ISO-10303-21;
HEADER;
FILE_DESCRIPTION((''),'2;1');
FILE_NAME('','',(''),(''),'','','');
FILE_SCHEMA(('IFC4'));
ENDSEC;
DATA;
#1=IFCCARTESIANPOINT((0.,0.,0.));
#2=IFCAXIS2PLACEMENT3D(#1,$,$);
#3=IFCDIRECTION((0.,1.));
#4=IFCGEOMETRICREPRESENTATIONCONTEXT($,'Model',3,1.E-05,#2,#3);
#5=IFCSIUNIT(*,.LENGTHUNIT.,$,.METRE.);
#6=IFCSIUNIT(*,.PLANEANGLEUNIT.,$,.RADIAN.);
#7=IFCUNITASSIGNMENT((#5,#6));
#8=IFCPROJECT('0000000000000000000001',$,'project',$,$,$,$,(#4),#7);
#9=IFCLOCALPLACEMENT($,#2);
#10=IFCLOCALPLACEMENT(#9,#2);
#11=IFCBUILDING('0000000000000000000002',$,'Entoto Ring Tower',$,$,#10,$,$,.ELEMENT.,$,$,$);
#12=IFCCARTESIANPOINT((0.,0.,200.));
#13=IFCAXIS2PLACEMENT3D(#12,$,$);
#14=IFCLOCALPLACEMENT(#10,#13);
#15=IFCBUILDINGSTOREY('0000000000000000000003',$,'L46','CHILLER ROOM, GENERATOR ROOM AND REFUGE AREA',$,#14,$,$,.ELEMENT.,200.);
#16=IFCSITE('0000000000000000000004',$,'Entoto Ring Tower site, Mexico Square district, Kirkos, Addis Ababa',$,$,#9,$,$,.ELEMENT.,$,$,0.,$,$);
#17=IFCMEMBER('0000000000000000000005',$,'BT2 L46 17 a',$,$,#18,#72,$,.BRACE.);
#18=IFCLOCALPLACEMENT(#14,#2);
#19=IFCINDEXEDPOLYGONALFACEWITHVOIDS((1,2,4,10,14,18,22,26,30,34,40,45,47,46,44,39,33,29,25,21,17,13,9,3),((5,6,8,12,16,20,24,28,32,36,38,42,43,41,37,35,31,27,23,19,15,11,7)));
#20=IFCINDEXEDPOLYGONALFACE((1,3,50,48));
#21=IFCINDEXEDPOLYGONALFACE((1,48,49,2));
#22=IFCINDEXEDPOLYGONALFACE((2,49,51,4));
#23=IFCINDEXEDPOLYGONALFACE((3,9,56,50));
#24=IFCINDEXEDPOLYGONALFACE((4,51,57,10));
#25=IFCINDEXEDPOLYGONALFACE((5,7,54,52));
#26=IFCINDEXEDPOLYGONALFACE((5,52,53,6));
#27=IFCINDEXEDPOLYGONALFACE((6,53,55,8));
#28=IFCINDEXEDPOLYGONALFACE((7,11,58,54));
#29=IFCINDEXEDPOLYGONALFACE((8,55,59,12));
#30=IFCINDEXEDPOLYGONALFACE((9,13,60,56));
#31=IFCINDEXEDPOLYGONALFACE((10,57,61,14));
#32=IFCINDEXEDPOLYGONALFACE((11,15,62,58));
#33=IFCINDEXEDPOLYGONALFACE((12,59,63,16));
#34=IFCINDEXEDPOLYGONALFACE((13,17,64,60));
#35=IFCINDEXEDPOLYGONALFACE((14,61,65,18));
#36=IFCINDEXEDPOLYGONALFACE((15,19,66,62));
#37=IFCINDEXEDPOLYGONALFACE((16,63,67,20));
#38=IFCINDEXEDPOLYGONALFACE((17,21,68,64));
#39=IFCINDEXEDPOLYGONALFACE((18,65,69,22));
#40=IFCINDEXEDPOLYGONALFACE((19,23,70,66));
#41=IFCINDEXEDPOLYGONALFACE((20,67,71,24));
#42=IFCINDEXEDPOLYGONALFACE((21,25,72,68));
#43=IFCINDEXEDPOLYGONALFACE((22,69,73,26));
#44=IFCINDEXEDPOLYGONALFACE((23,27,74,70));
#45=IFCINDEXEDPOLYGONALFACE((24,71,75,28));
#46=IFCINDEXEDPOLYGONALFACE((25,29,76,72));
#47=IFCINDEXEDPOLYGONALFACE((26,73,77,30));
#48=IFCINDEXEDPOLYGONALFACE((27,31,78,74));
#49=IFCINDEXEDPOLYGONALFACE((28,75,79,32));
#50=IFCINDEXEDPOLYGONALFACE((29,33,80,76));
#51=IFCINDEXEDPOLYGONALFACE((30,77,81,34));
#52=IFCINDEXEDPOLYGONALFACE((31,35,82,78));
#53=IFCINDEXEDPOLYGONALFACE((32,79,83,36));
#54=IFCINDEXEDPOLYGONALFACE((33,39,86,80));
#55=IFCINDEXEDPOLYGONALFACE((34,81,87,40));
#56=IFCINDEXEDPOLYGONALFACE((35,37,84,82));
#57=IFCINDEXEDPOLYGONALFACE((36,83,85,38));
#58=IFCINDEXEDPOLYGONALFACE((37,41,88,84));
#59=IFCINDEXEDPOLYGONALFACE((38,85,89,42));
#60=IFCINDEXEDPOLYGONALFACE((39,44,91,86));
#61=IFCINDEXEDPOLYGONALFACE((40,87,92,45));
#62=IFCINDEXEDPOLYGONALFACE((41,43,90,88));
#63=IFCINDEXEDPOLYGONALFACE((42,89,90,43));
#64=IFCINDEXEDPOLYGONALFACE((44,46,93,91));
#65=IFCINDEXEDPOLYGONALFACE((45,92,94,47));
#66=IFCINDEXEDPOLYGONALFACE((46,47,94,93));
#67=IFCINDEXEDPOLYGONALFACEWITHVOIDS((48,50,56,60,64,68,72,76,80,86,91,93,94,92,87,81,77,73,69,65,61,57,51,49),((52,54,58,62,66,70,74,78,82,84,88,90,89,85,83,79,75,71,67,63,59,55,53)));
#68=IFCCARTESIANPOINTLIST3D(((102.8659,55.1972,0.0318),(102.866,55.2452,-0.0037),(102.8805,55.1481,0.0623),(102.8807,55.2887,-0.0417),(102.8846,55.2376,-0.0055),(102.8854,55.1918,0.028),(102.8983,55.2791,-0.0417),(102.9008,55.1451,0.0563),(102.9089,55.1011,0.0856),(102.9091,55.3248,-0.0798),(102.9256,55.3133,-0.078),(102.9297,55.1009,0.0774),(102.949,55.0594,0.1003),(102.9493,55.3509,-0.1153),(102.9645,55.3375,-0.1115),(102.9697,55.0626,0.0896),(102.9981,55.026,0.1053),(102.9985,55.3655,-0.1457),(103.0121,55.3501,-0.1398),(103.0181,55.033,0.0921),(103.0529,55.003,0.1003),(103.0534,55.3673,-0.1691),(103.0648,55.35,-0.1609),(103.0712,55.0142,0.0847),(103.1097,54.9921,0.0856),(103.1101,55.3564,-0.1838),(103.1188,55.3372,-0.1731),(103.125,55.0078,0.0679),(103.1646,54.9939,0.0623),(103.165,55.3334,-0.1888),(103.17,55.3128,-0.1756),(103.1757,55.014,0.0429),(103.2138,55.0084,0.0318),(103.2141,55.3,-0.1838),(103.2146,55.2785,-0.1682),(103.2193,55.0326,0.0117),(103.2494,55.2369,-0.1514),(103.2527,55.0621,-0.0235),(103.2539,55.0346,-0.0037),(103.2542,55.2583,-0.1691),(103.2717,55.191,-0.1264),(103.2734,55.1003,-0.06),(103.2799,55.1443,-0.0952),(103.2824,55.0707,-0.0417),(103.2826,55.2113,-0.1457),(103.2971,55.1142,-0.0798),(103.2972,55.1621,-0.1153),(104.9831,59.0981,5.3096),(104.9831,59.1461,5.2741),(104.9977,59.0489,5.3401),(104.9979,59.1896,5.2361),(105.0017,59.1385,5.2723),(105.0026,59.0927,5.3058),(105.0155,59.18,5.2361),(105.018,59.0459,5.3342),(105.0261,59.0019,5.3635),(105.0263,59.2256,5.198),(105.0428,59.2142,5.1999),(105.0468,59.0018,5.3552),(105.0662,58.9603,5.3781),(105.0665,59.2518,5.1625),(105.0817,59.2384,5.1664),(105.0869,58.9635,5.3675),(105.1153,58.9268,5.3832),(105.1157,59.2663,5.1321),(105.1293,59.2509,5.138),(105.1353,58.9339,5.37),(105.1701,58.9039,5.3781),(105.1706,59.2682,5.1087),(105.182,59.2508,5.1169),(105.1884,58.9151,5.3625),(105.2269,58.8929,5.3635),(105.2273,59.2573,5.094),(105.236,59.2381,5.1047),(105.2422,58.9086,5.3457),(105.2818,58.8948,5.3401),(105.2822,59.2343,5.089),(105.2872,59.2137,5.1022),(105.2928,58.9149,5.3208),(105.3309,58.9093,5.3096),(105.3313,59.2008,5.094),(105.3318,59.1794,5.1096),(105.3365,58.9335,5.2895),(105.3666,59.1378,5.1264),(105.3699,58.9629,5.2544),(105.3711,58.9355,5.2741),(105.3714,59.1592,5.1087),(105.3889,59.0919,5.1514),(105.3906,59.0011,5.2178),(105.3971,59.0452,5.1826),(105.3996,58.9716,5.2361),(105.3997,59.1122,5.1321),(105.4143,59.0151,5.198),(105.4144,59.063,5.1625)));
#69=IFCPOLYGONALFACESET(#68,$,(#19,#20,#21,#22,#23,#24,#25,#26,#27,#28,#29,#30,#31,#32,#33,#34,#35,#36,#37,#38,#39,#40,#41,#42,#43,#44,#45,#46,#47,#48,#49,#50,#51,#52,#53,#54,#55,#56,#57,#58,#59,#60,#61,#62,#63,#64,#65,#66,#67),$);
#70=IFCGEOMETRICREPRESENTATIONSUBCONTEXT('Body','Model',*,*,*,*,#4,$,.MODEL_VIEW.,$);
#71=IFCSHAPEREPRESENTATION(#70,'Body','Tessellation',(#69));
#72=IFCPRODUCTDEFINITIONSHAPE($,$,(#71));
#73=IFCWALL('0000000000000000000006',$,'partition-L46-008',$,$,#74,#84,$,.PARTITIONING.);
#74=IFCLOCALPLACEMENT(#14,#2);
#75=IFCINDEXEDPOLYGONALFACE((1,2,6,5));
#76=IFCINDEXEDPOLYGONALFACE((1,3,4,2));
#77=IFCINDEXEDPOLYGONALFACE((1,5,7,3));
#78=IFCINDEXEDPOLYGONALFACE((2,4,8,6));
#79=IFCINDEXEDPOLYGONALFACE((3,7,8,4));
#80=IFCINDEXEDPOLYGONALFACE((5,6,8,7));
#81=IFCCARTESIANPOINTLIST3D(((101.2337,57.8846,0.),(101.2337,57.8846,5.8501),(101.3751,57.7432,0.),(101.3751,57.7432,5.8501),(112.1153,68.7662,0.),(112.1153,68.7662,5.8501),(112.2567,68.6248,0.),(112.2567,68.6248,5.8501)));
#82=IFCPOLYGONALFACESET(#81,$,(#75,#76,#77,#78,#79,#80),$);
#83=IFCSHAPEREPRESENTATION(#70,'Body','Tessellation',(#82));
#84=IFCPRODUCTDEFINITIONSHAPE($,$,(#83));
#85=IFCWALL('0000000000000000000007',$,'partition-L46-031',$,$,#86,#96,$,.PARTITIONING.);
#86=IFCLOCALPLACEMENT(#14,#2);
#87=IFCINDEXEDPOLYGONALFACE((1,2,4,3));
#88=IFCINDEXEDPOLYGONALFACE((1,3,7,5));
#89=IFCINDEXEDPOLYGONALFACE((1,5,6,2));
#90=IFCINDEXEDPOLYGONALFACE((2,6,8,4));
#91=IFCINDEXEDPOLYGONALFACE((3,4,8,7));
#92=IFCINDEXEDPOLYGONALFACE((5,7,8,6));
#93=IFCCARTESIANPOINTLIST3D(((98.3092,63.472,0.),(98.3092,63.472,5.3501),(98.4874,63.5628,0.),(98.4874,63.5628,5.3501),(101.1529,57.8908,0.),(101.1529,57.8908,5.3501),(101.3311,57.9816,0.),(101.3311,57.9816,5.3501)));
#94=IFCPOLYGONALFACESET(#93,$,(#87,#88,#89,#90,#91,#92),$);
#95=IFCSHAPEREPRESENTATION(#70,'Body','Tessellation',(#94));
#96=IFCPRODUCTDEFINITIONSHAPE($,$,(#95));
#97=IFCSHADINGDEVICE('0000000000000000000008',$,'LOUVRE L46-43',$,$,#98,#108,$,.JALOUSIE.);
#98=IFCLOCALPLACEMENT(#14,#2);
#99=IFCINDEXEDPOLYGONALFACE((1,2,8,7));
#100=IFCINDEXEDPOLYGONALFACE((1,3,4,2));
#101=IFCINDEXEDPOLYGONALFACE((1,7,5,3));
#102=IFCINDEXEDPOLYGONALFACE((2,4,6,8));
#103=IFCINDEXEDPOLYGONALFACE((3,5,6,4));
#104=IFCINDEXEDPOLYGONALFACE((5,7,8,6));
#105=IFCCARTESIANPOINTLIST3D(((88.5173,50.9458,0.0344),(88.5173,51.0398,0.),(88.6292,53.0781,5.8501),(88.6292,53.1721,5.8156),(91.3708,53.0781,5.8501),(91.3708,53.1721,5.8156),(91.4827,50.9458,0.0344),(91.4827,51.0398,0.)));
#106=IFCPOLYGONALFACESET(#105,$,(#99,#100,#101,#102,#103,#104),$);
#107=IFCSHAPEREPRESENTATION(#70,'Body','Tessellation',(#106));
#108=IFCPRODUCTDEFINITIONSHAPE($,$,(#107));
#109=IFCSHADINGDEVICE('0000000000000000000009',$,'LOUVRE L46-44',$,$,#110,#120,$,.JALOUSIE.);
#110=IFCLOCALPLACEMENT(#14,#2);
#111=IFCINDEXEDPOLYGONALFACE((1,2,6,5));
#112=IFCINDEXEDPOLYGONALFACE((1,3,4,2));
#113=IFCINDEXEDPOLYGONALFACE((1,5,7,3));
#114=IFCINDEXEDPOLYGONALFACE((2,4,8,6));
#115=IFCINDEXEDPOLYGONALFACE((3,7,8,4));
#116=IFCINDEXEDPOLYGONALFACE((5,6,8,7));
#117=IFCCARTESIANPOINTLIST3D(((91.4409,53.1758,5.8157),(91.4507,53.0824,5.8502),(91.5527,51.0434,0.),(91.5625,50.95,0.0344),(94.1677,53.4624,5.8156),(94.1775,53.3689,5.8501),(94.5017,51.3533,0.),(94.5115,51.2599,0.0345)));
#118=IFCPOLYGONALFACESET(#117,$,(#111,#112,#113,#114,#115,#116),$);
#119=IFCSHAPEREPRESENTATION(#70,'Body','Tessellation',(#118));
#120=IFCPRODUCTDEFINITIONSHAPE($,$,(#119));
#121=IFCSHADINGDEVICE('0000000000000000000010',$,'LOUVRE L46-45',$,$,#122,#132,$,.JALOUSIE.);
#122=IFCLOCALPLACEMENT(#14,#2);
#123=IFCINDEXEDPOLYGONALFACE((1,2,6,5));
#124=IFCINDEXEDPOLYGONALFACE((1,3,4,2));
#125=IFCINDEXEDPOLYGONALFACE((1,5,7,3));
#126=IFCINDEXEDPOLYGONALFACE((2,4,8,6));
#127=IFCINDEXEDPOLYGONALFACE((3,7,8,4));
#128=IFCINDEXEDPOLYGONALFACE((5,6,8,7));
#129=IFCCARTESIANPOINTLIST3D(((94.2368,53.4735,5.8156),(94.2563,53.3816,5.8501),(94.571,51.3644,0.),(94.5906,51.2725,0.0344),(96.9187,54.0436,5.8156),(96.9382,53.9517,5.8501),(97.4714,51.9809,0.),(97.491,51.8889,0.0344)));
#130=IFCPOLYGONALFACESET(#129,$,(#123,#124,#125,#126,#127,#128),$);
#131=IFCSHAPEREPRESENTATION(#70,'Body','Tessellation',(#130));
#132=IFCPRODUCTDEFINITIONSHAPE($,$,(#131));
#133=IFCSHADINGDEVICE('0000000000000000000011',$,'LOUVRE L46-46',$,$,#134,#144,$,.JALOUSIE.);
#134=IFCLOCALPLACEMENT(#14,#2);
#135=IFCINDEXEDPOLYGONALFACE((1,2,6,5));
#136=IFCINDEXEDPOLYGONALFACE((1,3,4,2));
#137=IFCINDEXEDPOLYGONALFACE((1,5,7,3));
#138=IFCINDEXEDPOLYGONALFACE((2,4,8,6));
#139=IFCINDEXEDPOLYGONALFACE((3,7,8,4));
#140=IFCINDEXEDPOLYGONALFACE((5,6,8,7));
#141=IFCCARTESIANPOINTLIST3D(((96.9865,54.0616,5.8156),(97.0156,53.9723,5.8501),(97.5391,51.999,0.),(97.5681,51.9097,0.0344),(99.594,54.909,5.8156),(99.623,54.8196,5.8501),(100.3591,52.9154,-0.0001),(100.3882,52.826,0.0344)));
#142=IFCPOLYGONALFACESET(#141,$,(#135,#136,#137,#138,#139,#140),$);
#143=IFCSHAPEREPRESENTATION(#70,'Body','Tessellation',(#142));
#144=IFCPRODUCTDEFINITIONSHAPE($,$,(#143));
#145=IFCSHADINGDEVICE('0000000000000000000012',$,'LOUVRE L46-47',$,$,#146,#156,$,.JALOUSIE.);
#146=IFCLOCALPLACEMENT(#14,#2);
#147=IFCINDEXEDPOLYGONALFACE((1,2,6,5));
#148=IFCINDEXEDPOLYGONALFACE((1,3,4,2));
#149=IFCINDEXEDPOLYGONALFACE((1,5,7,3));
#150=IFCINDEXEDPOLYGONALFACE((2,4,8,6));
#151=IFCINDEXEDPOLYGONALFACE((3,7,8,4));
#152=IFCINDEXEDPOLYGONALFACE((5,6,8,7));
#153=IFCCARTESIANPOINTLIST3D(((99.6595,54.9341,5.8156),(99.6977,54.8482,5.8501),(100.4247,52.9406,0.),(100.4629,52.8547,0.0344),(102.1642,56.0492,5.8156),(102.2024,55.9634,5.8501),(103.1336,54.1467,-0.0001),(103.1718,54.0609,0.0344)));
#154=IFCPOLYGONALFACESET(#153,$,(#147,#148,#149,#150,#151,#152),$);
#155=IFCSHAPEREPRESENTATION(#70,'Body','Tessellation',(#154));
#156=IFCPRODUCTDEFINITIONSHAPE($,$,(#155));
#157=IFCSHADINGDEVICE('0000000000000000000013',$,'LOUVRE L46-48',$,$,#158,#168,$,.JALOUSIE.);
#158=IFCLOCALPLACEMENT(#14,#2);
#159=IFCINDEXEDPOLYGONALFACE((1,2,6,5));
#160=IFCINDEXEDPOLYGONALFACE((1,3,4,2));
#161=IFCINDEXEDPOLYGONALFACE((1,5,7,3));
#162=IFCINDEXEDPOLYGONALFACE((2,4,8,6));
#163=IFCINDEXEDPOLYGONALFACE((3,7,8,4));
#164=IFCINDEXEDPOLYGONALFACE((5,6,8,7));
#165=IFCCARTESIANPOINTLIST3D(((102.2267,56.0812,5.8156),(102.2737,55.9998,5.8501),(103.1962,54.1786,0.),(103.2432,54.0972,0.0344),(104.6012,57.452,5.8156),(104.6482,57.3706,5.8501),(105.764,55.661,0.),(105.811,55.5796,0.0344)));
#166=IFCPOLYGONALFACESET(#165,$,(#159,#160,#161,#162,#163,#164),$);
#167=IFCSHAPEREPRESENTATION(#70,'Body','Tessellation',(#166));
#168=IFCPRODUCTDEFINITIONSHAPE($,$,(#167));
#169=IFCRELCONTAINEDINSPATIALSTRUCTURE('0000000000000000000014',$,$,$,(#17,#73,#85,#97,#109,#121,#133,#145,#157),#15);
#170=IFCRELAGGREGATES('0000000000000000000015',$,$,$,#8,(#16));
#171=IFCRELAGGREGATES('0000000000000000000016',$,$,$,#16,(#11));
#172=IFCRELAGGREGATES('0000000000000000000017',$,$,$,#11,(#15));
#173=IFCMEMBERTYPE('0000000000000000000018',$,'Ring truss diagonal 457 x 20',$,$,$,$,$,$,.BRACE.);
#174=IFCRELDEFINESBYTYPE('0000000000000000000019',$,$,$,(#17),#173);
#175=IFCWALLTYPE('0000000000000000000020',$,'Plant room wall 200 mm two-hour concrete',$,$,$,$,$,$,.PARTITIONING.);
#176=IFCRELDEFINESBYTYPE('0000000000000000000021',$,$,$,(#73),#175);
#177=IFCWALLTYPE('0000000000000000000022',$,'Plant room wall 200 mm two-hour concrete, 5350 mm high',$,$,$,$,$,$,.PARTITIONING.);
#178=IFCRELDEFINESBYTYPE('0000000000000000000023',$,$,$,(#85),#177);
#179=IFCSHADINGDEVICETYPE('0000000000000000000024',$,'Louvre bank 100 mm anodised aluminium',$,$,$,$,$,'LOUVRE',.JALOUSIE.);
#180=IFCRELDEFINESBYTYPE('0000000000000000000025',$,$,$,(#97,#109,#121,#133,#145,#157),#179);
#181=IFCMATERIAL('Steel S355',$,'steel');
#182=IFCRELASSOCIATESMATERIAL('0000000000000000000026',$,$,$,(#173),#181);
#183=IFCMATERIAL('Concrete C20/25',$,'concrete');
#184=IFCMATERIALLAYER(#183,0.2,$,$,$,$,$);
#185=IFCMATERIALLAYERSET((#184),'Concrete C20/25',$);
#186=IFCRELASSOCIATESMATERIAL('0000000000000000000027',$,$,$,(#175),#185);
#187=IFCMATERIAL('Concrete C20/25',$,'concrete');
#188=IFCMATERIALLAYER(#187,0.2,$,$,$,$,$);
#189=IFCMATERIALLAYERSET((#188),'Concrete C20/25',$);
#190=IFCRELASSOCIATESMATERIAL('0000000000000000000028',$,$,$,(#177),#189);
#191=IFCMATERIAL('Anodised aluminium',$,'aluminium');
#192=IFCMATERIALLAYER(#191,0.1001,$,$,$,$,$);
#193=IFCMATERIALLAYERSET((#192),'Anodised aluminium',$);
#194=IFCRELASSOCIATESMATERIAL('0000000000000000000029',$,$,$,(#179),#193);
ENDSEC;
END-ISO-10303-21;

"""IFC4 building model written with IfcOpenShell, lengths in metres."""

from ifc_helpers import new_model, si_unit, direction, frame, frame_2d, origin, origin_2d, place, context, subcontext, project, spatial, polyline, rectangle, circle, hollow_circle, outline, extrude, material, layer, layer_set, material_profile, profile_set, type_object, element, save


model = new_model("IFC4")

# Units and contexts
model_context = context("Model", 3, precision=1e-05, world=origin(), true_north=direction((0.0, 1.0)))
body_context = subcontext(model_context, "Body", "Model", "MODEL_VIEW")
ifc_project = project(units=[si_unit("LENGTHUNIT", "METRE"), si_unit("PLANEANGLEUNIT", "RADIAN")], contexts=[model_context])

# Site, building, storey
site_placement = place(None, origin())
site = spatial("IfcSite", under=ifc_project, at=site_placement, Name="Entoto Ring Tower site, Mexico Square district, Kirkos, Addis Ababa", CompositionType="ELEMENT", RefElevation=0.0)
building_placement = place(site_placement, origin())
building = spatial("IfcBuilding", under=site, at=building_placement, Name="Entoto Ring Tower", CompositionType="ELEMENT")
storey_placement = place(building_placement, frame((0.0, 0.0, 200.0)))
storey = spatial("IfcBuildingStorey", under=building, at=storey_placement, Name="L46", Description="CHILLER ROOM, GENERATOR ROOM AND REFUGE AREA", CompositionType="ELEMENT", Elevation=200.0)

# Member
ifc_material_1 = material(Name="Steel S355", Category="steel")
ifc_material_profile_1 = material_profile(ifc_material_1, hollow_circle(Radius=0.2285, WallThickness=0.02, at=origin_2d()), Name="CHS 457 x 20")
ifc_material_2 = material(Name="Concrete C60/75", Category="concrete")
ifc_material_profile_2 = material_profile(ifc_material_2, circle(Radius=0.2085, at=origin_2d()), Name="Concrete C60/75 infill")
ifc_profile_set_1 = profile_set([ifc_material_profile_1, ifc_material_profile_2], Name="Steel S355")
member_type_1 = type_object("IfcMemberType", Name="Ring truss diagonal 457 x 20", PredefinedType="BRACE", material=ifc_profile_set_1)
for number, where, z_axis, x_axis, name in (
    (1, (103.0815, 55.1797, -0.0417), (0.307017, 0.565672, 0.765347), (-0.878894, 0.477017, 0.0), "BT2 L46 17 a"),
):
    element("IfcMember", number, at=place(storey_placement, frame(where, z_axis=z_axis, x_axis=x_axis)), inside=storey, type_object=member_type_1, Name=name, PredefinedType="BRACE", context=body_context, shape_type="SweptSolid", body=[
        extrude(hollow_circle(Radius=0.2285, WallThickness=0.02, at=origin_2d()), origin(), (0.0, 0.0, 1.0), 6.896),
    ])

# Walls
ifc_material_3 = material(Name="Concrete C20/25", Category="concrete")
ifc_layer_1 = layer(ifc_material_3, 0.2)
ifc_layer_set_1 = layer_set([ifc_layer_1], Name="Concrete C20/25")
wall_type_1 = type_object("IfcWallType", Name="Plant room wall 200 mm two-hour concrete", PredefinedType="PARTITIONING", material=ifc_layer_set_1)
wall_1_placement = place(storey_placement, frame((101.3044, 57.814, 0.0), z_axis=(0.0, 0.0, 1.0), x_axis=(0.707107, 0.707107, 0.0)))
element("IfcWall", 2, at=wall_1_placement, inside=storey, type_object=wall_type_1, Name="partition-L46-008", PredefinedType="PARTITIONING", context=body_context, shape_type="SweptSolid", body=[
    extrude(rectangle(XDim=15.3889, YDim=0.2, at=frame_2d((7.6943, 0.0))), origin(), (0.0, 0.0, 1.0), 5.8501),
])
ifc_material_4 = material(Name="Concrete C20/25", Category="concrete")
ifc_layer_2 = layer(ifc_material_4, 0.2)
ifc_layer_set_2 = layer_set([ifc_layer_2], Name="Concrete C20/25")
wall_type_2 = type_object("IfcWallType", Name="Plant room wall 200 mm two-hour concrete, 5350 mm high", PredefinedType="PARTITIONING", material=ifc_layer_set_2)
wall_2_placement = place(storey_placement, frame((101.2419, 57.9363, 0.0), z_axis=(0.0, 0.0, 1.0), x_axis=(-0.453982, 0.891011, 0.0)))
element("IfcWall", 3, at=wall_2_placement, inside=storey, type_object=wall_type_2, Name="partition-L46-031", PredefinedType="PARTITIONING", context=body_context, shape_type="SweptSolid", body=[
    extrude(rectangle(XDim=6.2639, YDim=0.2, at=frame_2d((3.1318, 0.0))), origin(), (0.0, 0.0, 1.0), 5.3501),
])

# Shading devices
ifc_material_5 = material(Name="Anodised aluminium", Category="aluminium")
ifc_layer_3 = layer(ifc_material_5, 0.1001)
ifc_layer_set_3 = layer_set([ifc_layer_3], Name="Anodised aluminium")
shading_device_type = type_object("IfcShadingDeviceType", Name="Louvre bank 100 mm anodised aluminium", ElementType="LOUVRE", PredefinedType="JALOUSIE", material=ifc_layer_set_3)
shading_device_1_placement = place(storey_placement, frame((88.5173, 50.9458, 0.0344), z_axis=(0.0, -0.938881, 0.344242), x_axis=(1.0, 0.0, 0.0)))
element("IfcShadingDevice", 4, at=shading_device_1_placement, inside=storey, type_object=shading_device_type, Name="LOUVRE L46-43", PredefinedType="JALOUSIE", context=body_context, shape_type="SweptSolid", body=[
    extrude(outline(polyline([(0.0, 0.0), (2.9653, 0.0), (2.8535, 6.1943), (0.1118, 6.1943), (0.0, 0.0)])), origin(), (0.0, 0.0, -1.0), 0.1001),
])
shading_device_2_placement = place(storey_placement, frame((91.5625, 50.95, 0.0344), z_axis=(0.098121, -0.933735, 0.344254), x_axis=(0.994523, 0.104515, 0.000018)))
element("IfcShadingDevice", 5, at=shading_device_2_placement, inside=storey, type_object=shading_device_type, Name="LOUVRE L46-44", PredefinedType="JALOUSIE", context=body_context, shape_type="SweptSolid", body=[
    extrude(outline(polyline([(0.0, 0.0), (2.9652, 0.0), (2.8536, 6.1942), (0.1118, 6.1943), (0.0, 0.0)])), origin(), (0.0, 0.0, -1.0), 0.1001),
])
shading_device_3_placement = place(storey_placement, frame((94.5906, 51.2725, 0.0344), z_axis=(0.195198, -0.918353, 0.344275), x_axis=(0.978149, 0.207906, -0.000003)))
element("IfcShadingDevice", 6, at=shading_device_3_placement, inside=storey, type_object=shading_device_type, Name="LOUVRE L46-45", PredefinedType="JALOUSIE", context=body_context, shape_type="SweptSolid", body=[
    extrude(outline(polyline([(0.0, 0.0), (2.9652, 0.0), (2.8534, 6.1944), (0.1116, 6.1943), (0.0, 0.0)])), origin(), (0.0, 0.0, -1.0), 0.1001),
])
shading_device_4_placement = place(storey_placement, frame((97.5681, 51.9097, 0.0344), z_axis=(0.290155, -0.892917, 0.344253), x_axis=(0.951049, 0.30904, -0.000013)))
element("IfcShadingDevice", 7, at=shading_device_4_placement, inside=storey, type_object=shading_device_type, Name="LOUVRE L46-46", PredefinedType="JALOUSIE", context=body_context, shape_type="SweptSolid", body=[
    extrude(outline(polyline([(0.0, 0.0), (2.9652, 0.0), (2.8535, 6.1943), (0.1119, 6.1942), (0.0, 0.0)])), origin(), (0.0, 0.0, -1.0), 0.1001),
])
shading_device_5_placement = place(storey_placement, frame((100.4629, 52.8547, 0.0344), z_axis=(0.381881, -0.857707, 0.344246), x_axis=(0.913544, 0.406739, -0.000008)))
element("IfcShadingDevice", 8, at=shading_device_5_placement, inside=storey, type_object=shading_device_type, Name="LOUVRE L46-47", PredefinedType="JALOUSIE", context=body_context, shape_type="SweptSolid", body=[
    extrude(outline(polyline([(0.0, 0.0), (2.9653, 0.0), (2.8535, 6.1943), (0.1118, 6.1942), (0.0, 0.0)])), origin(), (0.0, 0.0, -1.0), 0.1001),
])
shading_device_6_placement = place(storey_placement, frame((103.2432, 54.0972, 0.0344), z_axis=(0.469411, -0.813104, 0.344261), x_axis=(0.866042, 0.499971, -0.000003)))
element("IfcShadingDevice", 9, at=shading_device_6_placement, inside=storey, type_object=shading_device_type, Name="LOUVRE L46-48", PredefinedType="JALOUSIE", context=body_context, shape_type="SweptSolid", body=[
    extrude(outline(polyline([(0.0, 0.0), (2.9651, 0.0), (2.8534, 6.1943), (0.1116, 6.1943), (0.0, 0.0)])), origin(), (0.0, 0.0, -1.0), 0.1001),
])

save(model, "model.ifc")
